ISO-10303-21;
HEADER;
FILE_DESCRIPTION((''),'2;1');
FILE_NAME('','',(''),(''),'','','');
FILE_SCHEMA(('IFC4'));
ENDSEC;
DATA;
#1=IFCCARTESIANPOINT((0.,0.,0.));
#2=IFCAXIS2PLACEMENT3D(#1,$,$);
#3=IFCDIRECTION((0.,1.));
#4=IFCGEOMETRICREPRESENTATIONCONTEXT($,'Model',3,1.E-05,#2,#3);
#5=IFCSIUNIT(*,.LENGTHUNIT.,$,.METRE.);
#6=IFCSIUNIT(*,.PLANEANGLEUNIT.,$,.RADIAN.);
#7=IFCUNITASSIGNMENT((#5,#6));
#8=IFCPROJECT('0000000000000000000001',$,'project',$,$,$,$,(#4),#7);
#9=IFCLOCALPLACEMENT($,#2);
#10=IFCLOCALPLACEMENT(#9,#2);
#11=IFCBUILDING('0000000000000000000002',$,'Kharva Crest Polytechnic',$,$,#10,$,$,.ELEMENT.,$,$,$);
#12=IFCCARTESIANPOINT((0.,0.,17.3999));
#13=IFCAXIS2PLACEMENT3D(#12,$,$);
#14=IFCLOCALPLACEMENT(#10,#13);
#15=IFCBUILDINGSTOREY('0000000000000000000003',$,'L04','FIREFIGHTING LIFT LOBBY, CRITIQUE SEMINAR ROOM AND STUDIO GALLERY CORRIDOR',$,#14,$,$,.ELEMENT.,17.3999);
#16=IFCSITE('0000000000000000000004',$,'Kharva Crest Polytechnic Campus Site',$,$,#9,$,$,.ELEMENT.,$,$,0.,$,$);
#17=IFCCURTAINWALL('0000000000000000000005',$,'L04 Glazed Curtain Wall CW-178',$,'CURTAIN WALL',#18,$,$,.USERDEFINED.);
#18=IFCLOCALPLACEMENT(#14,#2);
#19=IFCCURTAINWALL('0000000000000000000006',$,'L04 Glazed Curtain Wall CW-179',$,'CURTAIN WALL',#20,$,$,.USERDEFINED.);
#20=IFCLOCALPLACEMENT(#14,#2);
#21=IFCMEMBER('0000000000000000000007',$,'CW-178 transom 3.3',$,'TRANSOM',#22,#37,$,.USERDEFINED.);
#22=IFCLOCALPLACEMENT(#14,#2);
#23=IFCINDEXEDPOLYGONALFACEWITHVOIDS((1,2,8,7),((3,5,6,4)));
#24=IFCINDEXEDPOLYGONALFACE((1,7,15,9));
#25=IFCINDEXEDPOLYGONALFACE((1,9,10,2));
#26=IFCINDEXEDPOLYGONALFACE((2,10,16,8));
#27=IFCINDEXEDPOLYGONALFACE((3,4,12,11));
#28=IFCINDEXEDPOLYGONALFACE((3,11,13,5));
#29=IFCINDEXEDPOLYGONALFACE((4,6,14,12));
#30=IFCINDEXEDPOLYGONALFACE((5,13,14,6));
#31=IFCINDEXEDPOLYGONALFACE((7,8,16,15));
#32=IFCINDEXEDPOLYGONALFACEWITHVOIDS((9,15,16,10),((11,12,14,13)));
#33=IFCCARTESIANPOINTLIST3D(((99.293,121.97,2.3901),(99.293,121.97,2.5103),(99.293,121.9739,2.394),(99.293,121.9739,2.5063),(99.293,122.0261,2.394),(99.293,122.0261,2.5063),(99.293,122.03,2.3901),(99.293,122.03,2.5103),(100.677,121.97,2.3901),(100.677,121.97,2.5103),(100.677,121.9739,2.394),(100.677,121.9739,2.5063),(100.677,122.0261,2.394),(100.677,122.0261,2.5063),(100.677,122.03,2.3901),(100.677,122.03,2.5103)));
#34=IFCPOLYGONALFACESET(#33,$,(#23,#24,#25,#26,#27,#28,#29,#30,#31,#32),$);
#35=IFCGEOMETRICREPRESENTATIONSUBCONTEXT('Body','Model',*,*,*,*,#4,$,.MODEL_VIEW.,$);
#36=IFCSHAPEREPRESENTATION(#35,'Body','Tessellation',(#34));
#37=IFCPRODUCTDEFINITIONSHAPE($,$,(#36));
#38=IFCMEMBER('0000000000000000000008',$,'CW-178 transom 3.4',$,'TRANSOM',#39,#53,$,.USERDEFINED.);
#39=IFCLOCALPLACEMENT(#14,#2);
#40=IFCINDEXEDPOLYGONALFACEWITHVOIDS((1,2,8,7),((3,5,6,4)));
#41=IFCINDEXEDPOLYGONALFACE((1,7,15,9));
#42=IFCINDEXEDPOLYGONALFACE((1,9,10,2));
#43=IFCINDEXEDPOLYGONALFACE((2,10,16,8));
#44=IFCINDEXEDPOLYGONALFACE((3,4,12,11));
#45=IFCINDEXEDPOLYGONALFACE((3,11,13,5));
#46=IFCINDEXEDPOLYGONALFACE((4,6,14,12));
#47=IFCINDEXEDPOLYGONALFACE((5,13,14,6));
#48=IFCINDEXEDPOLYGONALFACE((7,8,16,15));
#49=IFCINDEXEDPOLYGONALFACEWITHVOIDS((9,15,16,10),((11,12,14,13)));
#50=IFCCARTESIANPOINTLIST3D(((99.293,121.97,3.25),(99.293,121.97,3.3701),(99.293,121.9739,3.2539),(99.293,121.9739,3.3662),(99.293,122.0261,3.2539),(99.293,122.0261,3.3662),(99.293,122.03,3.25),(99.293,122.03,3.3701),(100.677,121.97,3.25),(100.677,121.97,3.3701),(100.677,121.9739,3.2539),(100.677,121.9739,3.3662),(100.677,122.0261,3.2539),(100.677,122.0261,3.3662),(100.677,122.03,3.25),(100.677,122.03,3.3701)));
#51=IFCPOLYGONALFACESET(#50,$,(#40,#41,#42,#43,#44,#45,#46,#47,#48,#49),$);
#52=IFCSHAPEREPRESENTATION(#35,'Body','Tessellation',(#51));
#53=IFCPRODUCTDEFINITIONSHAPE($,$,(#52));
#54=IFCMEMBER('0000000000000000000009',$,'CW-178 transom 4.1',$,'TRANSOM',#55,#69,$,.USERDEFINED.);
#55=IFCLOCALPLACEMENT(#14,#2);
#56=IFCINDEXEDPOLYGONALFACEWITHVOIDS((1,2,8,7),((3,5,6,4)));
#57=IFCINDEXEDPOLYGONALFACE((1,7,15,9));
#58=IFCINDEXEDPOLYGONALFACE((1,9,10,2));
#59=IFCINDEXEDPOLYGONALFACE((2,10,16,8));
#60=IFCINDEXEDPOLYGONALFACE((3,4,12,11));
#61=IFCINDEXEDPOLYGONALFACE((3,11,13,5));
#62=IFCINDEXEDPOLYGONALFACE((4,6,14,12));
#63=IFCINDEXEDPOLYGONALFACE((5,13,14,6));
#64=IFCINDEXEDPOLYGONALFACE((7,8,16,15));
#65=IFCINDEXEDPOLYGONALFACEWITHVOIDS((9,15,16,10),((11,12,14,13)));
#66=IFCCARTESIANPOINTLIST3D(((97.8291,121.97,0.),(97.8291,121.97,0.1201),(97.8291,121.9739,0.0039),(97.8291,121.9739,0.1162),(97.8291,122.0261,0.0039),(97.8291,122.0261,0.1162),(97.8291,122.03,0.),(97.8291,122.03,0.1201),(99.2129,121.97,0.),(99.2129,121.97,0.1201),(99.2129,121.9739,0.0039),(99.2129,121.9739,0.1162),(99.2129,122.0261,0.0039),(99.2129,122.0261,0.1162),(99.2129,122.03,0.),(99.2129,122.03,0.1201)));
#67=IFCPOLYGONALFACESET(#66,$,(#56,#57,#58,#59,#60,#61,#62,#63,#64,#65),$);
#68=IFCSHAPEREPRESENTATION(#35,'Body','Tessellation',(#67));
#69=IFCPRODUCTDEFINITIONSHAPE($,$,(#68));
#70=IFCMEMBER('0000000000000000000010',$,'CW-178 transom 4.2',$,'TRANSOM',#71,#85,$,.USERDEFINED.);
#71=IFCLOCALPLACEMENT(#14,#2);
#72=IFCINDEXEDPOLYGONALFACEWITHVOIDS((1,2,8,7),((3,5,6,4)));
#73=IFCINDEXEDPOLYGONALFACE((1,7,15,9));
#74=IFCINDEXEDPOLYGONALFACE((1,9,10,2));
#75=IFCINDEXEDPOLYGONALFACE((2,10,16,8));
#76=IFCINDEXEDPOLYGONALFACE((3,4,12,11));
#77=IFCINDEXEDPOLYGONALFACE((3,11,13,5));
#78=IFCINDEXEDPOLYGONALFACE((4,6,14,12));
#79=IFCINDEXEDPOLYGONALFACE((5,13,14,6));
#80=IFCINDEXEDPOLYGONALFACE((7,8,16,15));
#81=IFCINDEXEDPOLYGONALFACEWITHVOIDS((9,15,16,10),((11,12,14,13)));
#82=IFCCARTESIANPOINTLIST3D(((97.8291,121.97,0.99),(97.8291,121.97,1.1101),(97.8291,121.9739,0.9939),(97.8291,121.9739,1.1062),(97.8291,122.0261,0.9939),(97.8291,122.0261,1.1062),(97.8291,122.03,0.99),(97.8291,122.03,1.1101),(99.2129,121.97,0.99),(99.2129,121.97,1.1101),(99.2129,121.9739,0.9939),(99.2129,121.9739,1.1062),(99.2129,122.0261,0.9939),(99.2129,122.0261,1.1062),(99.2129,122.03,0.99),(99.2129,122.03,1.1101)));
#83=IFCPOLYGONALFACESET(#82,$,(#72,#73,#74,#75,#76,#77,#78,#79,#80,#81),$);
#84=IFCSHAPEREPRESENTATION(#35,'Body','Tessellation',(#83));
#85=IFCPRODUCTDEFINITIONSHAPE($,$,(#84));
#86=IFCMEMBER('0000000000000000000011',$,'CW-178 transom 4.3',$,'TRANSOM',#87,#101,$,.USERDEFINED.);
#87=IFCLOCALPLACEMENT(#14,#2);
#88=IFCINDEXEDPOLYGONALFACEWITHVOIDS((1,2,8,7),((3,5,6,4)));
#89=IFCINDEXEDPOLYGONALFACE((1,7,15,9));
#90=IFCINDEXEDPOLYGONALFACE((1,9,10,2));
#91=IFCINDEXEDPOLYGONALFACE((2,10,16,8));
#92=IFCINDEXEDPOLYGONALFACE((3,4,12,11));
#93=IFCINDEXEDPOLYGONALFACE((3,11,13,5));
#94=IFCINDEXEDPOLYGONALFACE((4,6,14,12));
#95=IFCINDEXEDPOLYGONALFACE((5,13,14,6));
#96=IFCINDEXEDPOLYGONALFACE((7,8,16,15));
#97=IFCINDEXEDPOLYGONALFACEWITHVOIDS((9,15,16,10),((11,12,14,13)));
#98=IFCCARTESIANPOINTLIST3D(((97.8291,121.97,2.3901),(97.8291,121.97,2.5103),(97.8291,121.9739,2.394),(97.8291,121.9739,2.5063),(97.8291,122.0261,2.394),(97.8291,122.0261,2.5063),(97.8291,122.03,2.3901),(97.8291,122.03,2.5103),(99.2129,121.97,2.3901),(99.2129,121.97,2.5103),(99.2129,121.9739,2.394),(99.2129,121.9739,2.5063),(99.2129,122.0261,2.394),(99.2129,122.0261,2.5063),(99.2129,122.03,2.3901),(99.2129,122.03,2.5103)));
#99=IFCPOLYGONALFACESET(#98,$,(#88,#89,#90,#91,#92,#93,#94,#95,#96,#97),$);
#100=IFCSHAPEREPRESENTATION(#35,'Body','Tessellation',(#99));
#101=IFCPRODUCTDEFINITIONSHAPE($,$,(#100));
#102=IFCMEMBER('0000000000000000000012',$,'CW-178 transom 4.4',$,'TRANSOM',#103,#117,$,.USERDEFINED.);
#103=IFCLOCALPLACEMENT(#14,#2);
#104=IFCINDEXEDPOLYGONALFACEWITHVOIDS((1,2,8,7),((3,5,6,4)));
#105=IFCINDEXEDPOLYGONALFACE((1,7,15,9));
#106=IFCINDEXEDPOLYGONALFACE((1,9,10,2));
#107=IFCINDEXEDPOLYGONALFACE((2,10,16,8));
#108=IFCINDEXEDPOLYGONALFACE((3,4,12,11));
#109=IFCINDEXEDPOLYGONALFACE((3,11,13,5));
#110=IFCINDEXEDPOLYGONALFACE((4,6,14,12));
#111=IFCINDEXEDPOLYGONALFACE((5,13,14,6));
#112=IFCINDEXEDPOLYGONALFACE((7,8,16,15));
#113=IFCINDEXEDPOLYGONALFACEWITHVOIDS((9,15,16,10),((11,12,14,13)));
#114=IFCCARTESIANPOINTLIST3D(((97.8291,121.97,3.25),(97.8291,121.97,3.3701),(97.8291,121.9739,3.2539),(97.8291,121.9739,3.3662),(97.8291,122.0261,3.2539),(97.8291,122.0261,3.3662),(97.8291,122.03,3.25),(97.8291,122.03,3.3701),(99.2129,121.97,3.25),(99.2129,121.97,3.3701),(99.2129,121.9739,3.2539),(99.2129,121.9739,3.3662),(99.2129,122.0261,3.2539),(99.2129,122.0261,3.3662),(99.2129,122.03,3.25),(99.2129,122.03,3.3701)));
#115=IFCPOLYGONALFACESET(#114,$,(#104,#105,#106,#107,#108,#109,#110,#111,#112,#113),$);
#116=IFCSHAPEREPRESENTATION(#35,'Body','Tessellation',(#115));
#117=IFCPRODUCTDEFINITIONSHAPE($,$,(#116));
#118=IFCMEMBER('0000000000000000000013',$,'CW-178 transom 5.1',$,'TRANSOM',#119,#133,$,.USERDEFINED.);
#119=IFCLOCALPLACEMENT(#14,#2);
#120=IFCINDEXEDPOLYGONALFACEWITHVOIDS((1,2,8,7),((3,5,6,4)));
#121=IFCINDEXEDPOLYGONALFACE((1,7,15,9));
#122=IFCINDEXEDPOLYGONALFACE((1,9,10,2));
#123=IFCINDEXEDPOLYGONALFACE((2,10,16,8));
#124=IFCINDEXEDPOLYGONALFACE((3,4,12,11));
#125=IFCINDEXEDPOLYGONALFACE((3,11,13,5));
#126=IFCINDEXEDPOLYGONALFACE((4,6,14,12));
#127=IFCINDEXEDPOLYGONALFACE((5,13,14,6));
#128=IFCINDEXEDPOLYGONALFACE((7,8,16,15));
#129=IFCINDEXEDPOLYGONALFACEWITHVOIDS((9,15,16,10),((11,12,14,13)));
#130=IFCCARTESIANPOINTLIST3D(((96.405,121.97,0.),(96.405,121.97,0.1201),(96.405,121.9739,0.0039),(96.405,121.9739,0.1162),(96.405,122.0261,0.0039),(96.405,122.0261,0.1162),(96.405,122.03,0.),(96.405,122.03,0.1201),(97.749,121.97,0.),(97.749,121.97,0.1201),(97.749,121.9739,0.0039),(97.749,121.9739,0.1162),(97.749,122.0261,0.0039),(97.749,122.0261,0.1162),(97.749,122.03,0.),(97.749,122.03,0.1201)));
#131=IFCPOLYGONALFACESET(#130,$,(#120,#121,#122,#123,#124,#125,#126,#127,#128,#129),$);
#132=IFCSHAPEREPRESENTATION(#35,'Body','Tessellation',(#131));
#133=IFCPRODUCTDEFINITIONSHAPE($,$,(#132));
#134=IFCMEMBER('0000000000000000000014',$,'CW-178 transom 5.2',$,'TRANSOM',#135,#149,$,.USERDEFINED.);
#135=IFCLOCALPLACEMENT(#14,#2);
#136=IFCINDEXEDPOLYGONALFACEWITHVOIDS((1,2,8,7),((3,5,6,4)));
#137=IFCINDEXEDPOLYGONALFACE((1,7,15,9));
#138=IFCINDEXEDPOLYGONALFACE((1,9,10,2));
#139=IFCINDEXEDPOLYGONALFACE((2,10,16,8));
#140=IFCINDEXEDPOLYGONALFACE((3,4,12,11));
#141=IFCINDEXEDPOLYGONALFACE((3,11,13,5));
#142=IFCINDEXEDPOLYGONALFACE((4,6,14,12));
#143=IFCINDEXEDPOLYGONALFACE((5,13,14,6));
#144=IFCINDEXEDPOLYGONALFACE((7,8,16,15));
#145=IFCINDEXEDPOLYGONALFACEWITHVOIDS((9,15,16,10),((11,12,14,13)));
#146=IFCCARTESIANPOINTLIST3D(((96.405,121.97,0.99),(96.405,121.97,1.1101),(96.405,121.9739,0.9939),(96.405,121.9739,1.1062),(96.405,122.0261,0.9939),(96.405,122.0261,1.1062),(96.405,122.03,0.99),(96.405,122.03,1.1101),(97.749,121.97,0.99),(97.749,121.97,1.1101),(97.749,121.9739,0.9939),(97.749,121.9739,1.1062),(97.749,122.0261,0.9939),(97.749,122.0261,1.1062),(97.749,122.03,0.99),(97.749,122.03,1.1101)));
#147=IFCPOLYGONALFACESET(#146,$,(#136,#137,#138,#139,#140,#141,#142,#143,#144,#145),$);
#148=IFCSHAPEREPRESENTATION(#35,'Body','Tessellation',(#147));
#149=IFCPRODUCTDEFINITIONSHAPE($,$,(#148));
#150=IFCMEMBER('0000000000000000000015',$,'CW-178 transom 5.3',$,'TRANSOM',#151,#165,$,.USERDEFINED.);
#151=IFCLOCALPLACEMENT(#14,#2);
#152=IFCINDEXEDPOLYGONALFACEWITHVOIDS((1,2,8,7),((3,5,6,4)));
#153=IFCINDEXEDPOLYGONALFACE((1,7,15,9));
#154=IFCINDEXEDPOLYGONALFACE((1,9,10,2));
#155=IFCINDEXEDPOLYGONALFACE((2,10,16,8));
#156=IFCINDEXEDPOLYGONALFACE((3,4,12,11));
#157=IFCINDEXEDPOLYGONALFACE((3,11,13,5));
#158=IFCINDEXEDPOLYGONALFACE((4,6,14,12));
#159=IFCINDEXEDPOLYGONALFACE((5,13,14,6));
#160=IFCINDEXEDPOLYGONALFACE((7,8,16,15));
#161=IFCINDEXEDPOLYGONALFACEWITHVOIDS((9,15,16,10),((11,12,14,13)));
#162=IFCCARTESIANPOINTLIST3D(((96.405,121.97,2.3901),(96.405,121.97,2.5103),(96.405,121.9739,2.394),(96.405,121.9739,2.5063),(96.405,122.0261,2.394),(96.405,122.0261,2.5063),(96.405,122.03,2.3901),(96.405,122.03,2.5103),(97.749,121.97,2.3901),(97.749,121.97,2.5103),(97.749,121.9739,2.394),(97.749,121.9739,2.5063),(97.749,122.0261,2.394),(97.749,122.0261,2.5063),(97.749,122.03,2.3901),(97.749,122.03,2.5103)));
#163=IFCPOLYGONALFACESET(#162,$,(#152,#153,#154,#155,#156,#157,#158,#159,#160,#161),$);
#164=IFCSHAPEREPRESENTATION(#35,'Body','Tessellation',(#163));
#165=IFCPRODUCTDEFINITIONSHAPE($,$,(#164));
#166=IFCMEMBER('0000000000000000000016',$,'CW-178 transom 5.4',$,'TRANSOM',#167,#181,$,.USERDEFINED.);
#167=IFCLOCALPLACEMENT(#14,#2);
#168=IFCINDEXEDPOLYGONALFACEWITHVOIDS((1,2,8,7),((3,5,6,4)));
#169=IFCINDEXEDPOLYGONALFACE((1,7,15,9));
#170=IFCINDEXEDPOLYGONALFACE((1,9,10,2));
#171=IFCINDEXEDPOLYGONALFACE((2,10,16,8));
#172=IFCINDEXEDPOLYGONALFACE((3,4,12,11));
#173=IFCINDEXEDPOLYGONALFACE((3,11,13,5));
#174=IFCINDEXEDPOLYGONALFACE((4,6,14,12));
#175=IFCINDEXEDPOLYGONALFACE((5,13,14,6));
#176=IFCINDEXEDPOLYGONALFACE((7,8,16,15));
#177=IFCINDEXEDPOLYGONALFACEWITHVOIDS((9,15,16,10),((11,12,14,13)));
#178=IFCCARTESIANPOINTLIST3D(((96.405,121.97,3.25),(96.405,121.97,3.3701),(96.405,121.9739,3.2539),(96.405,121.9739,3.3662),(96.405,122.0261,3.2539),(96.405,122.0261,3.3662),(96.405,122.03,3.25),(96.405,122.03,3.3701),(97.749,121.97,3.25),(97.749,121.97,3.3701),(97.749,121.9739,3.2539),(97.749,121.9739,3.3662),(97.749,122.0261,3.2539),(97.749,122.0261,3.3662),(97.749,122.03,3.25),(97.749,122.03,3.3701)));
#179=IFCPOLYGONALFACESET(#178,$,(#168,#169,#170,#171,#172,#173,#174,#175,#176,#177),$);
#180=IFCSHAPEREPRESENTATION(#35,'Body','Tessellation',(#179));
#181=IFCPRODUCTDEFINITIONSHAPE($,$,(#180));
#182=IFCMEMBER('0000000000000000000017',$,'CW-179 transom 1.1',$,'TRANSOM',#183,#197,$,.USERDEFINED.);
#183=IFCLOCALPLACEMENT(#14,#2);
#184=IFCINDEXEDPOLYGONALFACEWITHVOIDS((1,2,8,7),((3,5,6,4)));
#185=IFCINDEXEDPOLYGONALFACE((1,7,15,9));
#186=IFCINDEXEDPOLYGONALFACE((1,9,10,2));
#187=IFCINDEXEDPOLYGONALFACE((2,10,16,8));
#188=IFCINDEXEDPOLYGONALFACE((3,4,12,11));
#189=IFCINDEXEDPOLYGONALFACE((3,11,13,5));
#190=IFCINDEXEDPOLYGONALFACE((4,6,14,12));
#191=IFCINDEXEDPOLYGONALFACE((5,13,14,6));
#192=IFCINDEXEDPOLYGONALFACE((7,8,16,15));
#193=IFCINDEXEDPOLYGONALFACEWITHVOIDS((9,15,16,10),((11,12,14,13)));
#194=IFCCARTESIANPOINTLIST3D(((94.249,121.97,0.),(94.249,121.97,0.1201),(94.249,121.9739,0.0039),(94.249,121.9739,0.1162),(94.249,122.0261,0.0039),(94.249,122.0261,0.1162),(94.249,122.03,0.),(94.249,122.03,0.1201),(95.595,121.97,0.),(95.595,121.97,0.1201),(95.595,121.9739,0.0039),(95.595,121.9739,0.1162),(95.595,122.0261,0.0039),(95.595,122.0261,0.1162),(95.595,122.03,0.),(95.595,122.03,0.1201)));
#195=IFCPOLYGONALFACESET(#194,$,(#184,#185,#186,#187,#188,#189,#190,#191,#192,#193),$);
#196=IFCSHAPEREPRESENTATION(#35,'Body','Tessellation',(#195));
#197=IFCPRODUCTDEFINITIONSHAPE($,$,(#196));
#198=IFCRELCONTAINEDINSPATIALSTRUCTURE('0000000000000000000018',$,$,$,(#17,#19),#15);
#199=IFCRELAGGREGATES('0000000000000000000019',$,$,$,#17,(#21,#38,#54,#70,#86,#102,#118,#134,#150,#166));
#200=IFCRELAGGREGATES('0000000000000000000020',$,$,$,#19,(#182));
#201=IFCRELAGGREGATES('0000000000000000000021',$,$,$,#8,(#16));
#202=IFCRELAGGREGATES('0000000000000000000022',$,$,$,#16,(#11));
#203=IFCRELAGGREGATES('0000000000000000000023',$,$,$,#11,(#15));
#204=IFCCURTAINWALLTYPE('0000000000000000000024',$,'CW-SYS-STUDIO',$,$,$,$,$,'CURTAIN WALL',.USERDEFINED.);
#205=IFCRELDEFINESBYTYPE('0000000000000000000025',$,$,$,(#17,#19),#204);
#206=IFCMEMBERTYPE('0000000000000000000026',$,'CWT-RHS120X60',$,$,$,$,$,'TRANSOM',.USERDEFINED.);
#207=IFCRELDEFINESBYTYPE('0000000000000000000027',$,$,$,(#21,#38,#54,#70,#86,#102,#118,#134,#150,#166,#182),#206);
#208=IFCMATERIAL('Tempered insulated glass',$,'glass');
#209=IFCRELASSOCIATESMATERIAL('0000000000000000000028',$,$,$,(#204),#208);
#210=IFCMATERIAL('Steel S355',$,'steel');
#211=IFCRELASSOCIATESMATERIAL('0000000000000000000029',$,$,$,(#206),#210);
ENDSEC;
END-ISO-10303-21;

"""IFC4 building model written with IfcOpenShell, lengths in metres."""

from ifc_helpers import new_model, si_unit, direction, frame, origin, origin_2d, place, context, subcontext, project, spatial, hollow_rectangle, extrude, material, material_profile, profile_set, type_object, element, aggregate, save


model = new_model("IFC4")

# Units and contexts
model_context = context("Model", 3, precision=1e-05, world=origin(), true_north=direction((0.0, 1.0)))
body_context = subcontext(model_context, "Body", "Model", "MODEL_VIEW")
ifc_project = project(units=[si_unit("LENGTHUNIT", "METRE"), si_unit("PLANEANGLEUNIT", "RADIAN")], contexts=[model_context])

# Site, building, storey
site_placement = place(None, origin())
site = spatial("IfcSite", under=ifc_project, at=site_placement, Name="Kharva Crest Polytechnic Campus Site", CompositionType="ELEMENT", RefElevation=0.0)
building_placement = place(site_placement, origin())
building = spatial("IfcBuilding", under=site, at=building_placement, Name="Kharva Crest Polytechnic", CompositionType="ELEMENT")
storey_placement = place(building_placement, frame((0.0, 0.0, 17.3999)))
storey = spatial("IfcBuildingStorey", under=building, at=storey_placement, Name="L04", Description="FIREFIGHTING LIFT LOBBY, CRITIQUE SEMINAR ROOM AND STUDIO GALLERY CORRIDOR", CompositionType="ELEMENT", Elevation=17.3999)

# Curtain walls
ifc_material_1 = material(Name="Tempered insulated glass", Category="glass")
curtain_wall_type = type_object("IfcCurtainWallType", Name="CW-SYS-STUDIO", ElementType="CURTAIN WALL", PredefinedType="USERDEFINED", material=ifc_material_1)
curtain_wall_1_placement = place(storey_placement, origin())
curtain_wall_1 = element("IfcCurtainWall", 1, at=curtain_wall_1_placement, inside=storey, type_object=curtain_wall_type, Name="L04 Glazed Curtain Wall CW-178", ObjectType="CURTAIN WALL", PredefinedType="USERDEFINED")
ifc_material_2 = material(Name="Steel S355", Category="steel")
curtain_wall_2_placement = place(storey_placement, origin())
curtain_wall_2 = element("IfcCurtainWall", 2, at=curtain_wall_2_placement, inside=storey, type_object=curtain_wall_type, Name="L04 Glazed Curtain Wall CW-179", ObjectType="CURTAIN WALL", PredefinedType="USERDEFINED")

# Members
ifc_material_profile_1 = material_profile(ifc_material_2, hollow_rectangle(XDim=0.0601, YDim=0.1201, WallThickness=0.0039, at=origin_2d()), Name="RHS 120X60X4.0")
ifc_profile_set_1 = profile_set([ifc_material_profile_1], Name="Steel S355")
member_type_1 = type_object("IfcMemberType", Name="CWT-RHS120X60", ElementType="TRANSOM", PredefinedType="USERDEFINED", material=ifc_profile_set_1)
member_1_placement = place(storey_placement, frame((100.677, 122.0, 2.4502), z_axis=(-1.0, 0.0, 0.0), x_axis=(0.0, -1.0, 0.0)))
member_1 = element("IfcMember", 3, at=member_1_placement, type_object=member_type_1, Name="CW-178 transom 3.3", ObjectType="TRANSOM", PredefinedType="USERDEFINED", context=body_context, shape_type="SweptSolid", body=[
    extrude(hollow_rectangle(XDim=0.0601, YDim=0.1201, WallThickness=0.0039, at=origin_2d()), origin(), (0.0, 0.0, 1.0), 1.384),
])
member_2_placement = place(storey_placement, frame((100.677, 122.0, 3.3101), z_axis=(-1.0, 0.0, 0.0), x_axis=(0.0, -1.0, 0.0)))
member_2 = element("IfcMember", 4, at=member_2_placement, type_object=member_type_1, Name="CW-178 transom 3.4", ObjectType="TRANSOM", PredefinedType="USERDEFINED", context=body_context, shape_type="SweptSolid", body=[
    extrude(hollow_rectangle(XDim=0.0601, YDim=0.1201, WallThickness=0.0039, at=origin_2d()), origin(), (0.0, 0.0, 1.0), 1.384),
])
member_3_placement = place(storey_placement, frame((99.2129, 122.0, 0.0601), z_axis=(-1.0, 0.0, 0.0), x_axis=(0.0, -1.0, 0.0)))
member_3 = element("IfcMember", 5, at=member_3_placement, type_object=member_type_1, Name="CW-178 transom 4.1", ObjectType="TRANSOM", PredefinedType="USERDEFINED", context=body_context, shape_type="SweptSolid", body=[
    extrude(hollow_rectangle(XDim=0.0601, YDim=0.1201, WallThickness=0.0039, at=origin_2d()), origin(), (0.0, 0.0, 1.0), 1.3838),
])
member_4_placement = place(storey_placement, frame((99.2129, 122.0, 1.05), z_axis=(-1.0, 0.0, 0.0), x_axis=(0.0, -1.0, 0.0)))
member_4 = element("IfcMember", 6, at=member_4_placement, type_object=member_type_1, Name="CW-178 transom 4.2", ObjectType="TRANSOM", PredefinedType="USERDEFINED", context=body_context, shape_type="SweptSolid", body=[
    extrude(hollow_rectangle(XDim=0.0601, YDim=0.1201, WallThickness=0.0039, at=origin_2d()), origin(), (0.0, 0.0, 1.0), 1.3838),
])
member_5_placement = place(storey_placement, frame((99.2129, 122.0, 2.4502), z_axis=(-1.0, 0.0, 0.0), x_axis=(0.0, -1.0, 0.0)))
member_5 = element("IfcMember", 7, at=member_5_placement, type_object=member_type_1, Name="CW-178 transom 4.3", ObjectType="TRANSOM", PredefinedType="USERDEFINED", context=body_context, shape_type="SweptSolid", body=[
    extrude(hollow_rectangle(XDim=0.0601, YDim=0.1201, WallThickness=0.0039, at=origin_2d()), origin(), (0.0, 0.0, 1.0), 1.3838),
])
member_6_placement = place(storey_placement, frame((99.2129, 122.0, 3.3101), z_axis=(-1.0, 0.0, 0.0), x_axis=(0.0, -1.0, 0.0)))
member_6 = element("IfcMember", 8, at=member_6_placement, type_object=member_type_1, Name="CW-178 transom 4.4", ObjectType="TRANSOM", PredefinedType="USERDEFINED", context=body_context, shape_type="SweptSolid", body=[
    extrude(hollow_rectangle(XDim=0.0601, YDim=0.1201, WallThickness=0.0039, at=origin_2d()), origin(), (0.0, 0.0, 1.0), 1.3838),
])
member_7_placement = place(storey_placement, frame((97.749, 122.0, 0.0601), z_axis=(-1.0, 0.0, 0.0), x_axis=(0.0, -1.0, 0.0)))
member_7 = element("IfcMember", 9, at=member_7_placement, type_object=member_type_1, Name="CW-178 transom 5.1", ObjectType="TRANSOM", PredefinedType="USERDEFINED", context=body_context, shape_type="SweptSolid", body=[
    extrude(hollow_rectangle(XDim=0.0601, YDim=0.1201, WallThickness=0.0039, at=origin_2d()), origin(), (0.0, 0.0, 1.0), 1.344),
])
member_8_placement = place(storey_placement, frame((97.749, 122.0, 1.05), z_axis=(-1.0, 0.0, 0.0), x_axis=(0.0, -1.0, 0.0)))
member_8 = element("IfcMember", 10, at=member_8_placement, type_object=member_type_1, Name="CW-178 transom 5.2", ObjectType="TRANSOM", PredefinedType="USERDEFINED", context=body_context, shape_type="SweptSolid", body=[
    extrude(hollow_rectangle(XDim=0.0601, YDim=0.1201, WallThickness=0.0039, at=origin_2d()), origin(), (0.0, 0.0, 1.0), 1.344),
])
member_9_placement = place(storey_placement, frame((97.749, 122.0, 2.4502), z_axis=(-1.0, 0.0, 0.0), x_axis=(0.0, -1.0, 0.0)))
member_9 = element("IfcMember", 11, at=member_9_placement, type_object=member_type_1, Name="CW-178 transom 5.3", ObjectType="TRANSOM", PredefinedType="USERDEFINED", context=body_context, shape_type="SweptSolid", body=[
    extrude(hollow_rectangle(XDim=0.0601, YDim=0.1201, WallThickness=0.0039, at=origin_2d()), origin(), (0.0, 0.0, 1.0), 1.344),
])
member_10_placement = place(storey_placement, frame((97.749, 122.0, 3.3101), z_axis=(-1.0, 0.0, 0.0), x_axis=(0.0, -1.0, 0.0)))
member_10 = element("IfcMember", 12, at=member_10_placement, type_object=member_type_1, Name="CW-178 transom 5.4", ObjectType="TRANSOM", PredefinedType="USERDEFINED", context=body_context, shape_type="SweptSolid", body=[
    extrude(hollow_rectangle(XDim=0.0601, YDim=0.1201, WallThickness=0.0039, at=origin_2d()), origin(), (0.0, 0.0, 1.0), 1.344),
])
member_11_placement = place(storey_placement, frame((95.595, 122.0, 0.0601), z_axis=(-1.0, 0.0, 0.0), x_axis=(0.0, -1.0, 0.0)))
member_11 = element("IfcMember", 13, at=member_11_placement, type_object=member_type_1, Name="CW-179 transom 1.1", ObjectType="TRANSOM", PredefinedType="USERDEFINED", context=body_context, shape_type="SweptSolid", body=[
    extrude(hollow_rectangle(XDim=0.0601, YDim=0.1201, WallThickness=0.0039, at=origin_2d()), origin(), (0.0, 0.0, 1.0), 1.3459),
])

aggregate(curtain_wall_1, [member_1, member_2, member_3, member_4, member_5, member_6, member_7, member_8, member_9, member_10])
aggregate(curtain_wall_2, [member_11])

save(model, "model.ifc")
